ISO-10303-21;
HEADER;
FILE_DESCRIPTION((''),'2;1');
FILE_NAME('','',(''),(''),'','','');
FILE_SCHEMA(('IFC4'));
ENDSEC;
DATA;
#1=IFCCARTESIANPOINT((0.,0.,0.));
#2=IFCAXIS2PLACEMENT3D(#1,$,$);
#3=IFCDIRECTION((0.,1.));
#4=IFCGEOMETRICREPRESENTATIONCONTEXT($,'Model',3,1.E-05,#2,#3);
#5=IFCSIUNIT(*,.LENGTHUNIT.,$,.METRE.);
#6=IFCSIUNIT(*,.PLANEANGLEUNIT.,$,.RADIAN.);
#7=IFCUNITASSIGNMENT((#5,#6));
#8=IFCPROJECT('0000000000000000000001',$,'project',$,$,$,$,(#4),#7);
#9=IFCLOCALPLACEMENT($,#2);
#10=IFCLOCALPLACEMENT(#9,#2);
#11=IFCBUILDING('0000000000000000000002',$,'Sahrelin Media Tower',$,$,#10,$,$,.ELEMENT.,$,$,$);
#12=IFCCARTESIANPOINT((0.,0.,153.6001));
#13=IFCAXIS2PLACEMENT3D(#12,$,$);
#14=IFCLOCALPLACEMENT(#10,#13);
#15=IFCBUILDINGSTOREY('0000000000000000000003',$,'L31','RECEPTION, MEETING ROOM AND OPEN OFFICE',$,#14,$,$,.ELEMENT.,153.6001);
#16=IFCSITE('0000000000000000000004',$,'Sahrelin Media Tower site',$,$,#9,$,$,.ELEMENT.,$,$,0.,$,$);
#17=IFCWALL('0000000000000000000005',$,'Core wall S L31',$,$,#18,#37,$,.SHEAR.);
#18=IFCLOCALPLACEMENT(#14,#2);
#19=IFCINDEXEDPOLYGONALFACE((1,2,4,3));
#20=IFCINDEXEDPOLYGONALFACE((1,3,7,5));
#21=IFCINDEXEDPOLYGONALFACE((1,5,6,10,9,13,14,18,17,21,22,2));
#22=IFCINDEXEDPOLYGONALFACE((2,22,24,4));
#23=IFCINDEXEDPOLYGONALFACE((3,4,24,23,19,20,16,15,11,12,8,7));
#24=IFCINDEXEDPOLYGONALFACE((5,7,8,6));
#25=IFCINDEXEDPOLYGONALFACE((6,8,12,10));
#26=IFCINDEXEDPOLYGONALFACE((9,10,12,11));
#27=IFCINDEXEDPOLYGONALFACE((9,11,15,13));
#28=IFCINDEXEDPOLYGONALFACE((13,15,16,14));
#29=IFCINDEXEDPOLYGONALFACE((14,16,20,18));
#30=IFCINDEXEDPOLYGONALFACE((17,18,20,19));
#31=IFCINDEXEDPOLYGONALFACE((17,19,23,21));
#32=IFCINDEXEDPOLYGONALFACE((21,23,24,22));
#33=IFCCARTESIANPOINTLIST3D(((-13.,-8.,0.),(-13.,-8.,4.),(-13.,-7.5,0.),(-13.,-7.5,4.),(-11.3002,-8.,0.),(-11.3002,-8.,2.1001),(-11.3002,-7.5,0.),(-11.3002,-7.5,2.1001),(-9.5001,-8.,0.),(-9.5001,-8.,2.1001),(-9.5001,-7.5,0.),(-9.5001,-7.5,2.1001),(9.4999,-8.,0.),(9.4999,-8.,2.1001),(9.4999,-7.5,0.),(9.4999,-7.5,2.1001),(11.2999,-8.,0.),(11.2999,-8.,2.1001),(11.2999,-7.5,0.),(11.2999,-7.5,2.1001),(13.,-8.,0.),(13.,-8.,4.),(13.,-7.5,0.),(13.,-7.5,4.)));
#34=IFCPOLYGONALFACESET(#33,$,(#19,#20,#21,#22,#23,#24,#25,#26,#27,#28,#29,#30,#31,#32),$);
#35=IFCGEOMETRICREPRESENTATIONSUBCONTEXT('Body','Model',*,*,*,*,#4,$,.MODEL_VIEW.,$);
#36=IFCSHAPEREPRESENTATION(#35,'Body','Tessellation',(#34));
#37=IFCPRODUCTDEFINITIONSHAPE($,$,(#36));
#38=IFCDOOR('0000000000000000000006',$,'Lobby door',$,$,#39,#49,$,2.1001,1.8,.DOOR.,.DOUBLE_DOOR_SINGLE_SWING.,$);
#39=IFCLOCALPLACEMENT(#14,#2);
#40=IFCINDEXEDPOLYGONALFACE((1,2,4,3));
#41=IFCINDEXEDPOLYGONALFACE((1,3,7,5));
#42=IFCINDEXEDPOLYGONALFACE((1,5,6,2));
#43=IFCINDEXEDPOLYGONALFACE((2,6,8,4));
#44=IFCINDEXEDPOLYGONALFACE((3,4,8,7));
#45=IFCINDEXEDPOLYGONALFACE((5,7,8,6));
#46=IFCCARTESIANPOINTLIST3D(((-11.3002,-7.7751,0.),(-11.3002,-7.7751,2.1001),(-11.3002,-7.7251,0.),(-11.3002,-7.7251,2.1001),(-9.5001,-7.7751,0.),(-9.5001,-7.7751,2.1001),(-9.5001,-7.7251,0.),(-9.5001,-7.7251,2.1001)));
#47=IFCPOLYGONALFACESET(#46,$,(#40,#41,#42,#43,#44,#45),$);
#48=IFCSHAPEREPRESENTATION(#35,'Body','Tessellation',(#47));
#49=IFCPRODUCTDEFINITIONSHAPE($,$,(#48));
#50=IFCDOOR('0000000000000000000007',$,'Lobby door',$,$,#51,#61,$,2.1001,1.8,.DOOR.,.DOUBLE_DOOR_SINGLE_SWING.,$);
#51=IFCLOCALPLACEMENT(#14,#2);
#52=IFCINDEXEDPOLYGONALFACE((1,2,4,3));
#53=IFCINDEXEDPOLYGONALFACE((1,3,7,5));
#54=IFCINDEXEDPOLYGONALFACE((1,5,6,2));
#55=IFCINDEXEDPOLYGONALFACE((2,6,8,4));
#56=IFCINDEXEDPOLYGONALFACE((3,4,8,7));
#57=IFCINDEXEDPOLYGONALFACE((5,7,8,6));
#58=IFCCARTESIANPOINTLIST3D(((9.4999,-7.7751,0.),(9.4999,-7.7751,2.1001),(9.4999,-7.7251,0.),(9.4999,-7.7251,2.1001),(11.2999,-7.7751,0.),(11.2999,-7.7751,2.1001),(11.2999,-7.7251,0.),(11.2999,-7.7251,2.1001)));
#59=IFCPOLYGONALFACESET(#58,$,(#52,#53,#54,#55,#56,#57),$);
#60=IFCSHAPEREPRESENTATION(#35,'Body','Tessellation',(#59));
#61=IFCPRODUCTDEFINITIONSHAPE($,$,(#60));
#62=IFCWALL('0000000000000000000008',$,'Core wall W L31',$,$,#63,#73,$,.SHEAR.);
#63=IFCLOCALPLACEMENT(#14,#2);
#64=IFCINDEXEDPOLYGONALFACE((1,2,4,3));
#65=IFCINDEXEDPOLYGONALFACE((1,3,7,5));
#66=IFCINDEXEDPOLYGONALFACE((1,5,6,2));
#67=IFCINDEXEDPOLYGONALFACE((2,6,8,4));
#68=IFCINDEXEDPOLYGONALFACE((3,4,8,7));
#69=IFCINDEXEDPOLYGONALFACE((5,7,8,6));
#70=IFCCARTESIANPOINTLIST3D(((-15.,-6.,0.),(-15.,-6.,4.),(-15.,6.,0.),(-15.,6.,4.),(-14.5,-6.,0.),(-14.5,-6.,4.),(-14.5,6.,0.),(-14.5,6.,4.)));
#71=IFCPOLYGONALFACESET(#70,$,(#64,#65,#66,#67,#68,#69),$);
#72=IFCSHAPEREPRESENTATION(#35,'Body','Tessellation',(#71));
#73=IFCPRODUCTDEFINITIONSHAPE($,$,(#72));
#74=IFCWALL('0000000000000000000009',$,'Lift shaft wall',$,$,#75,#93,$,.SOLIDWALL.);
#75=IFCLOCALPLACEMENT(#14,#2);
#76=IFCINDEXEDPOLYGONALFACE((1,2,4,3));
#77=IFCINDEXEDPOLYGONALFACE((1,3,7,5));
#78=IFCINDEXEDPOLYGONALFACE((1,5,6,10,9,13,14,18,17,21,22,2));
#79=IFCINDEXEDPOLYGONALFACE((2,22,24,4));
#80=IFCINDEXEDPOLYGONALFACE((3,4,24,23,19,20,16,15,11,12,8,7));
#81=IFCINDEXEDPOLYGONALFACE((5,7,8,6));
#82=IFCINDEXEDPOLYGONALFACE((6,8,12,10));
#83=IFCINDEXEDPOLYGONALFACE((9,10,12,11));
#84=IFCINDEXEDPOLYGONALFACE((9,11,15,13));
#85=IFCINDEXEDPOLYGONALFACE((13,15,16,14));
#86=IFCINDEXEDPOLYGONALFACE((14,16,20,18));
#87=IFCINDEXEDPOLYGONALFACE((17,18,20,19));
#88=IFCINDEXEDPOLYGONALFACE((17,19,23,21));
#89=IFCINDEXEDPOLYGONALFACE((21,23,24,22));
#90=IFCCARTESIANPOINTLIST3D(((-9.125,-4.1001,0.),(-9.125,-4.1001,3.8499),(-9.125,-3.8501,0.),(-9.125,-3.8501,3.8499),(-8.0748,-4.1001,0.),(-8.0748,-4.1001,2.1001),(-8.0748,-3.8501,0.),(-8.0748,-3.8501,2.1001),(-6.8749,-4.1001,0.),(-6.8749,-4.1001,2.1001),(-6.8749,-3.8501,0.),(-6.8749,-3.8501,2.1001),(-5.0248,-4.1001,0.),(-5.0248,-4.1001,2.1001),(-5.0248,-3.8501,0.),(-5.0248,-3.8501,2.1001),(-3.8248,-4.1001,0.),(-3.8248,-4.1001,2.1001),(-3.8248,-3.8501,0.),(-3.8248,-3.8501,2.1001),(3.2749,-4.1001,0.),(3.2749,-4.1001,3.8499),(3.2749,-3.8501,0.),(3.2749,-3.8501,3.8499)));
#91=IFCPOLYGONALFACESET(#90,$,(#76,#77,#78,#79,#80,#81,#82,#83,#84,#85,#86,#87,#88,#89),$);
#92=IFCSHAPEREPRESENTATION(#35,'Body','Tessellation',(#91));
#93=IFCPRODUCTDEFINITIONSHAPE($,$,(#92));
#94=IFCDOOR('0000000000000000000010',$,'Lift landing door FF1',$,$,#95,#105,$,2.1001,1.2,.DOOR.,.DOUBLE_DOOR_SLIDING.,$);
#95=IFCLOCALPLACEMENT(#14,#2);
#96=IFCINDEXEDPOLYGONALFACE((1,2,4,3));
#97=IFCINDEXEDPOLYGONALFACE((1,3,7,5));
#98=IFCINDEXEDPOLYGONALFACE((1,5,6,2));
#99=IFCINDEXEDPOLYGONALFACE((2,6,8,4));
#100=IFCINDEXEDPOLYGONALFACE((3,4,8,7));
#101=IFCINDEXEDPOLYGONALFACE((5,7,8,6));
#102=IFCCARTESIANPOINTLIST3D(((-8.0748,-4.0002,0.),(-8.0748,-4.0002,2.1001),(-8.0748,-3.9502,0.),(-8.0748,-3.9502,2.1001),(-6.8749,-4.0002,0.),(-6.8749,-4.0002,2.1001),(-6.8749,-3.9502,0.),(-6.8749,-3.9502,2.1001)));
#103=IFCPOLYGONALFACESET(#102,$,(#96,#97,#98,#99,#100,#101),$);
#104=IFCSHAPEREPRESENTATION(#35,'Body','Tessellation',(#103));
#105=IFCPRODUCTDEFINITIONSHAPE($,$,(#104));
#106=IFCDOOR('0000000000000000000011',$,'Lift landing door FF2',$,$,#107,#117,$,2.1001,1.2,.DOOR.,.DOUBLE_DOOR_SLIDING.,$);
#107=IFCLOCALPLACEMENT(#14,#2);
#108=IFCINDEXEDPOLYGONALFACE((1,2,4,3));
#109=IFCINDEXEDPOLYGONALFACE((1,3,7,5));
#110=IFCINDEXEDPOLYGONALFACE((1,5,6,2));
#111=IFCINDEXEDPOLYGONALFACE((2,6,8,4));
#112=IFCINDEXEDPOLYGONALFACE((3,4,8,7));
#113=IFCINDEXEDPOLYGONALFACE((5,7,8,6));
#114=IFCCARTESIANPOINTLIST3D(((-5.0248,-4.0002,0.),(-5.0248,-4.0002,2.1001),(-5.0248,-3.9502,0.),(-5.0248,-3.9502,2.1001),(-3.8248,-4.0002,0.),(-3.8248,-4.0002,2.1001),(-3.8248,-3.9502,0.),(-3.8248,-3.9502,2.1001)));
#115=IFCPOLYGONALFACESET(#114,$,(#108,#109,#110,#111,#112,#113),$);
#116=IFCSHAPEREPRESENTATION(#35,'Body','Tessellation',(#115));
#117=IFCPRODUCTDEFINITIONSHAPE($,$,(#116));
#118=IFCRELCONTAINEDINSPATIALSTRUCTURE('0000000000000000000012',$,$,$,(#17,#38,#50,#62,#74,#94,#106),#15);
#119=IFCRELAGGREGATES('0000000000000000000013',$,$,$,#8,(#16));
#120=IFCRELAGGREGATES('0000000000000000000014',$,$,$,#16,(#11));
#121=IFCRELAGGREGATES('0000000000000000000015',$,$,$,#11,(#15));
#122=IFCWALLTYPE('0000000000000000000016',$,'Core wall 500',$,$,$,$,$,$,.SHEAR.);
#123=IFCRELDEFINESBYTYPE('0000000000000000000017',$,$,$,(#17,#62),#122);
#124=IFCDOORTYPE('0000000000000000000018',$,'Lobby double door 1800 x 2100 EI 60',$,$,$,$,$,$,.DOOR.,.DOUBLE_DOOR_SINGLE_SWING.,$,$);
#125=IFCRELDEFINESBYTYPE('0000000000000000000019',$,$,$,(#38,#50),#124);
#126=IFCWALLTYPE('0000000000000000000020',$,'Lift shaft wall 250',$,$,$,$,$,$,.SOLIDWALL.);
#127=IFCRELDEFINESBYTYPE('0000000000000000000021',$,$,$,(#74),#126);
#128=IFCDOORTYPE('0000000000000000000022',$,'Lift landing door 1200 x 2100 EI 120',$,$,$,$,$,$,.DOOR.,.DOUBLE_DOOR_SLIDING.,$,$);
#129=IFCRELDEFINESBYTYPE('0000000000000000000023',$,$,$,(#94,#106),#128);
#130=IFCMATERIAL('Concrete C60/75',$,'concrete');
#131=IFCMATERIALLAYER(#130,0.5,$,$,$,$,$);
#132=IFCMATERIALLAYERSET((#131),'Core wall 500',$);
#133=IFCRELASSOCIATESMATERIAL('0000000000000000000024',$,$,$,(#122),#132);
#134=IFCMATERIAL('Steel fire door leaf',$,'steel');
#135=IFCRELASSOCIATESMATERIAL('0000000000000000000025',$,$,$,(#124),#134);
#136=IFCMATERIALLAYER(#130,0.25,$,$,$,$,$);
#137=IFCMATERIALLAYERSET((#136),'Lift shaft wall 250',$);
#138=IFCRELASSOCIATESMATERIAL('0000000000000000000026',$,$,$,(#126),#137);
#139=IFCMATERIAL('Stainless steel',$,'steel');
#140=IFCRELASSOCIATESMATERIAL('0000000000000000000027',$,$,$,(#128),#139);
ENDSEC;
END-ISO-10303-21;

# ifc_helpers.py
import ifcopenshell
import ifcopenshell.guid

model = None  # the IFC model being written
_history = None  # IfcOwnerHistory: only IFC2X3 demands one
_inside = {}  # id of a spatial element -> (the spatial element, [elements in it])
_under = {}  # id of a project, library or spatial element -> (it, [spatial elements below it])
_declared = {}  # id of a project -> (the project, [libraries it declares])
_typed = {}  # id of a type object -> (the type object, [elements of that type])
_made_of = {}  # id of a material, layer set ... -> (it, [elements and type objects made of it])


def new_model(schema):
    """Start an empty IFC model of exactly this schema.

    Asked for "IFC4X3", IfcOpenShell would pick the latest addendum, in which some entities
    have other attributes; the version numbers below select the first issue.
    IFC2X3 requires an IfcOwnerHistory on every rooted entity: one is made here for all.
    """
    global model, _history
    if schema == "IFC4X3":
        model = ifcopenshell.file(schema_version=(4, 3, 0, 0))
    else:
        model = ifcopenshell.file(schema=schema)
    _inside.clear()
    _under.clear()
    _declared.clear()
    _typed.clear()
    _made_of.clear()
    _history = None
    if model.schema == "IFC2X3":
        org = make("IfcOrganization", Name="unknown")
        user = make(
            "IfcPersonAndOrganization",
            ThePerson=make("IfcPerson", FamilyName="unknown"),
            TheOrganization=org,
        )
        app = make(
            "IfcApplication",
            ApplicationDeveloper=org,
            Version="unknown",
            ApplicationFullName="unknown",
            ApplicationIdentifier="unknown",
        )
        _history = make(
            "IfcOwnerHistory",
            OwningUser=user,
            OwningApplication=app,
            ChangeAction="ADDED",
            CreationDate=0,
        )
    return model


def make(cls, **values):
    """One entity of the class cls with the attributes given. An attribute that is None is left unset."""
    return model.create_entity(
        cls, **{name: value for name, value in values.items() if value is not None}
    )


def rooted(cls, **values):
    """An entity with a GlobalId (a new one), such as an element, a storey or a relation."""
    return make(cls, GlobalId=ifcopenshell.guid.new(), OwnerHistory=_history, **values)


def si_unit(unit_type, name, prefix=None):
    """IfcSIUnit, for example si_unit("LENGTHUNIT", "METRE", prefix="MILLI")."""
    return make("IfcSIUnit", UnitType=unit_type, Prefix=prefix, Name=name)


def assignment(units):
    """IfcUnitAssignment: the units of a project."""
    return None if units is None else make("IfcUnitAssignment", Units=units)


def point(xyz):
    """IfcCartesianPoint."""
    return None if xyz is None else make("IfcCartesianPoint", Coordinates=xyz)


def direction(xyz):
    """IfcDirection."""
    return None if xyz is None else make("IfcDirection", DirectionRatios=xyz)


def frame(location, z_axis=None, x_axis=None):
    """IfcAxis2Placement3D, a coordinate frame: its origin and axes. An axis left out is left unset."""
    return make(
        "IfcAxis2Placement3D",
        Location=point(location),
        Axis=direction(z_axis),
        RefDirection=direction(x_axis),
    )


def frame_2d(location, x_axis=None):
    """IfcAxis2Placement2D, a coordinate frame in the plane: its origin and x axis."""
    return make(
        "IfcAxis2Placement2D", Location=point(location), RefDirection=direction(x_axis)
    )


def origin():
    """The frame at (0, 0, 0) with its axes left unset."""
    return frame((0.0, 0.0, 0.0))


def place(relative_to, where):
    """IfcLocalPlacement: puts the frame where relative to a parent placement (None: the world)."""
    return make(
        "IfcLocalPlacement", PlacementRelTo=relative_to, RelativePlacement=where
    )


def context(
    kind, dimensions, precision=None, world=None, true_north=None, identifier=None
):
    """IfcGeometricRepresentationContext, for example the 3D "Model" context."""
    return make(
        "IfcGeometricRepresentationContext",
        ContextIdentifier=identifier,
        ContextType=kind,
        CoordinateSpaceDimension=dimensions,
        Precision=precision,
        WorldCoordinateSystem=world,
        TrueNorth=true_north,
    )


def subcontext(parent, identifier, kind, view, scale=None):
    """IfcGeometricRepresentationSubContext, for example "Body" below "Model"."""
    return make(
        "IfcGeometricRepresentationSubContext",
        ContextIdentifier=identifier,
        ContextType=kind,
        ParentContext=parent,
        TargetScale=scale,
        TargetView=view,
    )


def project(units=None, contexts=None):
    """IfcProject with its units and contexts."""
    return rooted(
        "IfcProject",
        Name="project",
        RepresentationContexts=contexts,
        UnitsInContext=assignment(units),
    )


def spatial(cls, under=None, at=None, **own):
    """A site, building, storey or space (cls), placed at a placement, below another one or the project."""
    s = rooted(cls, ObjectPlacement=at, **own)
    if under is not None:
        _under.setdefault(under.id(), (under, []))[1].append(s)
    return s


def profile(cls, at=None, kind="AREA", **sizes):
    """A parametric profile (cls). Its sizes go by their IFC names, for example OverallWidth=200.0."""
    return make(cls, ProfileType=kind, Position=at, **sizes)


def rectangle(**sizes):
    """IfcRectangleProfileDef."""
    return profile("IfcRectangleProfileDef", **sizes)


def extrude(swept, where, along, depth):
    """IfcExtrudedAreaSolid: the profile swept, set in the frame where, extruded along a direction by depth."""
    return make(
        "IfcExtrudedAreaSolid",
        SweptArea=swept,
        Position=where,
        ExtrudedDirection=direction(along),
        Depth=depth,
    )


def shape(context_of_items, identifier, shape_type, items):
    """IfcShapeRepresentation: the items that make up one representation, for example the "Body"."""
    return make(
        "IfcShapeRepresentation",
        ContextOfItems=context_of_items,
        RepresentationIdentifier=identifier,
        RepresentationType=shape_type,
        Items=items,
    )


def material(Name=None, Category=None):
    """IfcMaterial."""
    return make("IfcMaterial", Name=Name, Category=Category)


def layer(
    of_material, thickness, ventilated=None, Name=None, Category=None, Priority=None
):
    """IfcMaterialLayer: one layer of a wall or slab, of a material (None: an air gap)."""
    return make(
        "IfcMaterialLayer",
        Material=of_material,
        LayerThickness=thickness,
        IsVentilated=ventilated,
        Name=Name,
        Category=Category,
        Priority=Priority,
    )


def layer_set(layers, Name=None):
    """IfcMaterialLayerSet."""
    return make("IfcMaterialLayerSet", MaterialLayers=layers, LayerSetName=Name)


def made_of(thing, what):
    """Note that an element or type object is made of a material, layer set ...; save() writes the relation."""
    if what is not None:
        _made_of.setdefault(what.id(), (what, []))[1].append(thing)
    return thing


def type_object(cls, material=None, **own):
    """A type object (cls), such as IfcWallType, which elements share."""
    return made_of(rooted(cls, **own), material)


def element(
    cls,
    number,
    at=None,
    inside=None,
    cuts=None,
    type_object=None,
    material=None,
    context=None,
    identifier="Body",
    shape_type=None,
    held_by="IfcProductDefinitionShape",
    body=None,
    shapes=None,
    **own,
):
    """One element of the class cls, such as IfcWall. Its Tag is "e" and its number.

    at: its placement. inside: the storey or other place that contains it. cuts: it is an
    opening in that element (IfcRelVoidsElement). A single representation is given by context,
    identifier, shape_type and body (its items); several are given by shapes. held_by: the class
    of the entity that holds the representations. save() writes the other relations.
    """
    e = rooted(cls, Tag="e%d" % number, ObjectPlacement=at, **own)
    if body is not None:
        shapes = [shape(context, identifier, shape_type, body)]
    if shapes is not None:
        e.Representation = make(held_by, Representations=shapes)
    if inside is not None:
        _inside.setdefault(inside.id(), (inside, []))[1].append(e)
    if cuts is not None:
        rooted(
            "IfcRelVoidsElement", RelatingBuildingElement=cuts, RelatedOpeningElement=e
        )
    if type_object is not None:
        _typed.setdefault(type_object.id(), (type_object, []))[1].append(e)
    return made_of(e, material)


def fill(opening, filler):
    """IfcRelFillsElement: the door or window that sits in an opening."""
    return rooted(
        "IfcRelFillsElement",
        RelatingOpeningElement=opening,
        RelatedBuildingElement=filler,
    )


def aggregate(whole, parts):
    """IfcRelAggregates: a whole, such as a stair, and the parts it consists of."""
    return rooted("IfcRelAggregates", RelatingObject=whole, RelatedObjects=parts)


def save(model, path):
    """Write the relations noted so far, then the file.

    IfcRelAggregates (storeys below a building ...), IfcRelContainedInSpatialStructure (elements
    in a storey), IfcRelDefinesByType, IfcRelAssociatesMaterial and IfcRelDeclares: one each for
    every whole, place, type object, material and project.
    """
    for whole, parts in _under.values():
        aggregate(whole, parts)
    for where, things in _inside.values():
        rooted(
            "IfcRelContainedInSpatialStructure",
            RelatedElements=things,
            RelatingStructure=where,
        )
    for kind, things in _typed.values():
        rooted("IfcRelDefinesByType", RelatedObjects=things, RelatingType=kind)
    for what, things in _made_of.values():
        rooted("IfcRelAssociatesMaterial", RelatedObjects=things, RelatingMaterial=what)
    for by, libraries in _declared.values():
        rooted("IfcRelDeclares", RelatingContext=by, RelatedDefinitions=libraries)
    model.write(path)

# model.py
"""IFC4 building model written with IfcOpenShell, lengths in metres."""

from ifc_helpers import new_model, si_unit, direction, frame, frame_2d, origin, place, context, subcontext, project, spatial, rectangle, extrude, material, layer, layer_set, type_object, element, fill, save


model = new_model("IFC4")

# Units and contexts
model_context = context("Model", 3, precision=1e-05, world=origin(), true_north=direction((0.0, 1.0)))
body_context = subcontext(model_context, "Body", "Model", "MODEL_VIEW")
ifc_project = project(units=[si_unit("LENGTHUNIT", "METRE"), si_unit("PLANEANGLEUNIT", "RADIAN")], contexts=[model_context])

# Site, building, storey
site_placement = place(None, origin())
site = spatial("IfcSite", under=ifc_project, at=site_placement, Name="Sahrelin Media Tower site", CompositionType="ELEMENT", RefElevation=0.0)
building_placement = place(site_placement, origin())
building = spatial("IfcBuilding", under=site, at=building_placement, Name="Sahrelin Media Tower", CompositionType="ELEMENT")
storey_placement = place(building_placement, frame((0.0, 0.0, 153.6001)))
storey = spatial("IfcBuildingStorey", under=building, at=storey_placement, Name="L31", Description="RECEPTION, MEETING ROOM AND OPEN OFFICE", CompositionType="ELEMENT", Elevation=153.6001)

# Wall, openings, doors
ifc_material_1 = material(Name="Concrete C60/75", Category="concrete")
ifc_layer_1 = layer(ifc_material_1, 0.5)
ifc_layer_set_1 = layer_set([ifc_layer_1], Name="Core wall 500")
wall_type_1 = type_object("IfcWallType", Name="Core wall 500", PredefinedType="SHEAR", material=ifc_layer_set_1)
wall_1_placement = place(storey_placement, frame((-13.0, -7.75, 0.0), z_axis=(0.0, 0.0, 1.0), x_axis=(1.0, 0.0, 0.0)))
wall_1 = element("IfcWall", 1, at=wall_1_placement, inside=storey, type_object=wall_type_1, Name="Core wall S L31", PredefinedType="SHEAR", context=body_context, shape_type="SweptSolid", body=[
    extrude(rectangle(XDim=26.0, YDim=0.5, at=frame_2d((13.0, 0.0))), origin(), (0.0, 0.0, 1.0), 4.0),
])
opening_1_placement = place(wall_1_placement, frame((1.7, 0.0, 0.0)))
opening_1 = element("IfcOpeningElement", 2, at=opening_1_placement, cuts=wall_1, PredefinedType="OPENING", context=body_context, shape_type="SweptSolid", body=[
    extrude(rectangle(XDim=1.8, YDim=2.1001, at=frame_2d((0.8999, 1.05))), frame((0.0, 0.25, 0.0), z_axis=(0.0, -1.0, 0.0), x_axis=(1.0, 0.0, 0.0)), (0.0, 0.0, 1.0), 0.5),
])
opening_2_placement = place(wall_1_placement, frame((22.5, 0.0, 0.0)))
opening_2 = element("IfcOpeningElement", 3, at=opening_2_placement, cuts=wall_1, PredefinedType="OPENING", context=body_context, shape_type="SweptSolid", body=[
    extrude(rectangle(XDim=1.8, YDim=2.1001, at=frame_2d((0.8999, 1.05))), frame((0.0, 0.25, 0.0), z_axis=(0.0, -1.0, 0.0), x_axis=(1.0, 0.0, 0.0)), (0.0, 0.0, 1.0), 0.5),
])
ifc_material_2 = material(Name="Steel fire door leaf", Category="steel")
door_type_1 = type_object("IfcDoorType", Name="Lobby double door 1800 x 2100 EI 60", OperationType="DOUBLE_DOOR_SINGLE_SWING", PredefinedType="DOOR", material=ifc_material_2)
door_1_placement = place(opening_1_placement, origin())
door_1 = element("IfcDoor", 4, at=door_1_placement, inside=storey, type_object=door_type_1, Name="Lobby door", OperationType="DOUBLE_DOOR_SINGLE_SWING", OverallHeight=2.1001, OverallWidth=1.8, PredefinedType="DOOR", context=body_context, shape_type="SweptSolid", body=[
    extrude(rectangle(XDim=1.8, YDim=2.1001, at=frame_2d((0.8999, 1.05))), frame((0.0, 0.0249, 0.0), z_axis=(0.0, -1.0, 0.0), x_axis=(1.0, 0.0, 0.0)), (0.0, 0.0, 1.0), 0.05),
])
fill(opening_1, door_1)
door_2_placement = place(opening_2_placement, origin())
door_2 = element("IfcDoor", 5, at=door_2_placement, inside=storey, type_object=door_type_1, Name="Lobby door", OperationType="DOUBLE_DOOR_SINGLE_SWING", OverallHeight=2.1001, OverallWidth=1.8, PredefinedType="DOOR", context=body_context, shape_type="SweptSolid", body=[
    extrude(rectangle(XDim=1.8, YDim=2.1001, at=frame_2d((0.8999, 1.05))), frame((0.0, 0.0249, 0.0), z_axis=(0.0, -1.0, 0.0), x_axis=(1.0, 0.0, 0.0)), (0.0, 0.0, 1.0), 0.05),
])
fill(opening_2, door_2)

# Wall
wall_2_placement = place(storey_placement, frame((-14.75, -6.0, 0.0), z_axis=(0.0, 0.0, 1.0), x_axis=(0.0, 1.0, 0.0)))
element("IfcWall", 6, at=wall_2_placement, inside=storey, type_object=wall_type_1, Name="Core wall W L31", PredefinedType="SHEAR", context=body_context, shape_type="SweptSolid", body=[
    extrude(rectangle(XDim=12.0, YDim=0.5, at=frame_2d((6.0, 0.0))), origin(), (0.0, 0.0, 1.0), 4.0),
])

# Wall, openings, doors
ifc_layer_2 = layer(ifc_material_1, 0.25)
ifc_layer_set_2 = layer_set([ifc_layer_2], Name="Lift shaft wall 250")
wall_type_2 = type_object("IfcWallType", Name="Lift shaft wall 250", PredefinedType="SOLIDWALL", material=ifc_layer_set_2)
wall_3_placement = place(storey_placement, frame((-9.125, -3.9751, 0.0), z_axis=(0.0, 0.0, 1.0), x_axis=(1.0, 0.0, 0.0)))
wall_3 = element("IfcWall", 7, at=wall_3_placement, inside=storey, type_object=wall_type_2, Name="Lift shaft wall", PredefinedType="SOLIDWALL", context=body_context, shape_type="SweptSolid", body=[
    extrude(rectangle(XDim=12.3999, YDim=0.25, at=frame_2d((6.2, 0.0))), origin(), (0.0, 0.0, 1.0), 3.8499),
])
opening_3_placement = place(wall_3_placement, frame((1.05, 0.0, 0.0)))
opening_3 = element("IfcOpeningElement", 8, at=opening_3_placement, cuts=wall_3, PredefinedType="OPENING", context=body_context, shape_type="SweptSolid", body=[
    extrude(rectangle(XDim=1.2, YDim=2.1001, at=frame_2d((0.6001, 1.05))), frame((0.0, 0.125, 0.0), z_axis=(0.0, -1.0, 0.0), x_axis=(1.0, 0.0, 0.0)), (0.0, 0.0, 1.0), 0.25),
])
opening_4_placement = place(wall_3_placement, frame((4.1001, 0.0, 0.0)))
opening_4 = element("IfcOpeningElement", 9, at=opening_4_placement, cuts=wall_3, PredefinedType="OPENING", context=body_context, shape_type="SweptSolid", body=[
    extrude(rectangle(XDim=1.2, YDim=2.1001, at=frame_2d((0.6001, 1.05))), frame((0.0, 0.125, 0.0), z_axis=(0.0, -1.0, 0.0), x_axis=(1.0, 0.0, 0.0)), (0.0, 0.0, 1.0), 0.25),
])
ifc_material_3 = material(Name="Stainless steel", Category="steel")
door_type_2 = type_object("IfcDoorType", Name="Lift landing door 1200 x 2100 EI 120", OperationType="DOUBLE_DOOR_SLIDING", PredefinedType="DOOR", material=ifc_material_3)
door_3_placement = place(opening_3_placement, origin())
door_3 = element("IfcDoor", 10, at=door_3_placement, inside=storey, type_object=door_type_2, Name="Lift landing door FF1", OperationType="DOUBLE_DOOR_SLIDING", OverallHeight=2.1001, OverallWidth=1.2, PredefinedType="DOOR", context=body_context, shape_type="SweptSolid", body=[
    extrude(rectangle(XDim=1.2, YDim=2.1001, at=frame_2d((0.6001, 1.05))), frame((0.0, 0.0249, 0.0), z_axis=(0.0, -1.0, 0.0), x_axis=(1.0, 0.0, 0.0)), (0.0, 0.0, 1.0), 0.05),
])
fill(opening_3, door_3)
door_4_placement = place(opening_4_placement, origin())
door_4 = element("IfcDoor", 11, at=door_4_placement, inside=storey, type_object=door_type_2, Name="Lift landing door FF2", OperationType="DOUBLE_DOOR_SLIDING", OverallHeight=2.1001, OverallWidth=1.2, PredefinedType="DOOR", context=body_context, shape_type="SweptSolid", body=[
    extrude(rectangle(XDim=1.2, YDim=2.1001, at=frame_2d((0.6001, 1.05))), frame((0.0, 0.0249, 0.0), z_axis=(0.0, -1.0, 0.0), x_axis=(1.0, 0.0, 0.0)), (0.0, 0.0, 1.0), 0.05),
])
fill(opening_4, door_4)

save(model, "model.ifc")
